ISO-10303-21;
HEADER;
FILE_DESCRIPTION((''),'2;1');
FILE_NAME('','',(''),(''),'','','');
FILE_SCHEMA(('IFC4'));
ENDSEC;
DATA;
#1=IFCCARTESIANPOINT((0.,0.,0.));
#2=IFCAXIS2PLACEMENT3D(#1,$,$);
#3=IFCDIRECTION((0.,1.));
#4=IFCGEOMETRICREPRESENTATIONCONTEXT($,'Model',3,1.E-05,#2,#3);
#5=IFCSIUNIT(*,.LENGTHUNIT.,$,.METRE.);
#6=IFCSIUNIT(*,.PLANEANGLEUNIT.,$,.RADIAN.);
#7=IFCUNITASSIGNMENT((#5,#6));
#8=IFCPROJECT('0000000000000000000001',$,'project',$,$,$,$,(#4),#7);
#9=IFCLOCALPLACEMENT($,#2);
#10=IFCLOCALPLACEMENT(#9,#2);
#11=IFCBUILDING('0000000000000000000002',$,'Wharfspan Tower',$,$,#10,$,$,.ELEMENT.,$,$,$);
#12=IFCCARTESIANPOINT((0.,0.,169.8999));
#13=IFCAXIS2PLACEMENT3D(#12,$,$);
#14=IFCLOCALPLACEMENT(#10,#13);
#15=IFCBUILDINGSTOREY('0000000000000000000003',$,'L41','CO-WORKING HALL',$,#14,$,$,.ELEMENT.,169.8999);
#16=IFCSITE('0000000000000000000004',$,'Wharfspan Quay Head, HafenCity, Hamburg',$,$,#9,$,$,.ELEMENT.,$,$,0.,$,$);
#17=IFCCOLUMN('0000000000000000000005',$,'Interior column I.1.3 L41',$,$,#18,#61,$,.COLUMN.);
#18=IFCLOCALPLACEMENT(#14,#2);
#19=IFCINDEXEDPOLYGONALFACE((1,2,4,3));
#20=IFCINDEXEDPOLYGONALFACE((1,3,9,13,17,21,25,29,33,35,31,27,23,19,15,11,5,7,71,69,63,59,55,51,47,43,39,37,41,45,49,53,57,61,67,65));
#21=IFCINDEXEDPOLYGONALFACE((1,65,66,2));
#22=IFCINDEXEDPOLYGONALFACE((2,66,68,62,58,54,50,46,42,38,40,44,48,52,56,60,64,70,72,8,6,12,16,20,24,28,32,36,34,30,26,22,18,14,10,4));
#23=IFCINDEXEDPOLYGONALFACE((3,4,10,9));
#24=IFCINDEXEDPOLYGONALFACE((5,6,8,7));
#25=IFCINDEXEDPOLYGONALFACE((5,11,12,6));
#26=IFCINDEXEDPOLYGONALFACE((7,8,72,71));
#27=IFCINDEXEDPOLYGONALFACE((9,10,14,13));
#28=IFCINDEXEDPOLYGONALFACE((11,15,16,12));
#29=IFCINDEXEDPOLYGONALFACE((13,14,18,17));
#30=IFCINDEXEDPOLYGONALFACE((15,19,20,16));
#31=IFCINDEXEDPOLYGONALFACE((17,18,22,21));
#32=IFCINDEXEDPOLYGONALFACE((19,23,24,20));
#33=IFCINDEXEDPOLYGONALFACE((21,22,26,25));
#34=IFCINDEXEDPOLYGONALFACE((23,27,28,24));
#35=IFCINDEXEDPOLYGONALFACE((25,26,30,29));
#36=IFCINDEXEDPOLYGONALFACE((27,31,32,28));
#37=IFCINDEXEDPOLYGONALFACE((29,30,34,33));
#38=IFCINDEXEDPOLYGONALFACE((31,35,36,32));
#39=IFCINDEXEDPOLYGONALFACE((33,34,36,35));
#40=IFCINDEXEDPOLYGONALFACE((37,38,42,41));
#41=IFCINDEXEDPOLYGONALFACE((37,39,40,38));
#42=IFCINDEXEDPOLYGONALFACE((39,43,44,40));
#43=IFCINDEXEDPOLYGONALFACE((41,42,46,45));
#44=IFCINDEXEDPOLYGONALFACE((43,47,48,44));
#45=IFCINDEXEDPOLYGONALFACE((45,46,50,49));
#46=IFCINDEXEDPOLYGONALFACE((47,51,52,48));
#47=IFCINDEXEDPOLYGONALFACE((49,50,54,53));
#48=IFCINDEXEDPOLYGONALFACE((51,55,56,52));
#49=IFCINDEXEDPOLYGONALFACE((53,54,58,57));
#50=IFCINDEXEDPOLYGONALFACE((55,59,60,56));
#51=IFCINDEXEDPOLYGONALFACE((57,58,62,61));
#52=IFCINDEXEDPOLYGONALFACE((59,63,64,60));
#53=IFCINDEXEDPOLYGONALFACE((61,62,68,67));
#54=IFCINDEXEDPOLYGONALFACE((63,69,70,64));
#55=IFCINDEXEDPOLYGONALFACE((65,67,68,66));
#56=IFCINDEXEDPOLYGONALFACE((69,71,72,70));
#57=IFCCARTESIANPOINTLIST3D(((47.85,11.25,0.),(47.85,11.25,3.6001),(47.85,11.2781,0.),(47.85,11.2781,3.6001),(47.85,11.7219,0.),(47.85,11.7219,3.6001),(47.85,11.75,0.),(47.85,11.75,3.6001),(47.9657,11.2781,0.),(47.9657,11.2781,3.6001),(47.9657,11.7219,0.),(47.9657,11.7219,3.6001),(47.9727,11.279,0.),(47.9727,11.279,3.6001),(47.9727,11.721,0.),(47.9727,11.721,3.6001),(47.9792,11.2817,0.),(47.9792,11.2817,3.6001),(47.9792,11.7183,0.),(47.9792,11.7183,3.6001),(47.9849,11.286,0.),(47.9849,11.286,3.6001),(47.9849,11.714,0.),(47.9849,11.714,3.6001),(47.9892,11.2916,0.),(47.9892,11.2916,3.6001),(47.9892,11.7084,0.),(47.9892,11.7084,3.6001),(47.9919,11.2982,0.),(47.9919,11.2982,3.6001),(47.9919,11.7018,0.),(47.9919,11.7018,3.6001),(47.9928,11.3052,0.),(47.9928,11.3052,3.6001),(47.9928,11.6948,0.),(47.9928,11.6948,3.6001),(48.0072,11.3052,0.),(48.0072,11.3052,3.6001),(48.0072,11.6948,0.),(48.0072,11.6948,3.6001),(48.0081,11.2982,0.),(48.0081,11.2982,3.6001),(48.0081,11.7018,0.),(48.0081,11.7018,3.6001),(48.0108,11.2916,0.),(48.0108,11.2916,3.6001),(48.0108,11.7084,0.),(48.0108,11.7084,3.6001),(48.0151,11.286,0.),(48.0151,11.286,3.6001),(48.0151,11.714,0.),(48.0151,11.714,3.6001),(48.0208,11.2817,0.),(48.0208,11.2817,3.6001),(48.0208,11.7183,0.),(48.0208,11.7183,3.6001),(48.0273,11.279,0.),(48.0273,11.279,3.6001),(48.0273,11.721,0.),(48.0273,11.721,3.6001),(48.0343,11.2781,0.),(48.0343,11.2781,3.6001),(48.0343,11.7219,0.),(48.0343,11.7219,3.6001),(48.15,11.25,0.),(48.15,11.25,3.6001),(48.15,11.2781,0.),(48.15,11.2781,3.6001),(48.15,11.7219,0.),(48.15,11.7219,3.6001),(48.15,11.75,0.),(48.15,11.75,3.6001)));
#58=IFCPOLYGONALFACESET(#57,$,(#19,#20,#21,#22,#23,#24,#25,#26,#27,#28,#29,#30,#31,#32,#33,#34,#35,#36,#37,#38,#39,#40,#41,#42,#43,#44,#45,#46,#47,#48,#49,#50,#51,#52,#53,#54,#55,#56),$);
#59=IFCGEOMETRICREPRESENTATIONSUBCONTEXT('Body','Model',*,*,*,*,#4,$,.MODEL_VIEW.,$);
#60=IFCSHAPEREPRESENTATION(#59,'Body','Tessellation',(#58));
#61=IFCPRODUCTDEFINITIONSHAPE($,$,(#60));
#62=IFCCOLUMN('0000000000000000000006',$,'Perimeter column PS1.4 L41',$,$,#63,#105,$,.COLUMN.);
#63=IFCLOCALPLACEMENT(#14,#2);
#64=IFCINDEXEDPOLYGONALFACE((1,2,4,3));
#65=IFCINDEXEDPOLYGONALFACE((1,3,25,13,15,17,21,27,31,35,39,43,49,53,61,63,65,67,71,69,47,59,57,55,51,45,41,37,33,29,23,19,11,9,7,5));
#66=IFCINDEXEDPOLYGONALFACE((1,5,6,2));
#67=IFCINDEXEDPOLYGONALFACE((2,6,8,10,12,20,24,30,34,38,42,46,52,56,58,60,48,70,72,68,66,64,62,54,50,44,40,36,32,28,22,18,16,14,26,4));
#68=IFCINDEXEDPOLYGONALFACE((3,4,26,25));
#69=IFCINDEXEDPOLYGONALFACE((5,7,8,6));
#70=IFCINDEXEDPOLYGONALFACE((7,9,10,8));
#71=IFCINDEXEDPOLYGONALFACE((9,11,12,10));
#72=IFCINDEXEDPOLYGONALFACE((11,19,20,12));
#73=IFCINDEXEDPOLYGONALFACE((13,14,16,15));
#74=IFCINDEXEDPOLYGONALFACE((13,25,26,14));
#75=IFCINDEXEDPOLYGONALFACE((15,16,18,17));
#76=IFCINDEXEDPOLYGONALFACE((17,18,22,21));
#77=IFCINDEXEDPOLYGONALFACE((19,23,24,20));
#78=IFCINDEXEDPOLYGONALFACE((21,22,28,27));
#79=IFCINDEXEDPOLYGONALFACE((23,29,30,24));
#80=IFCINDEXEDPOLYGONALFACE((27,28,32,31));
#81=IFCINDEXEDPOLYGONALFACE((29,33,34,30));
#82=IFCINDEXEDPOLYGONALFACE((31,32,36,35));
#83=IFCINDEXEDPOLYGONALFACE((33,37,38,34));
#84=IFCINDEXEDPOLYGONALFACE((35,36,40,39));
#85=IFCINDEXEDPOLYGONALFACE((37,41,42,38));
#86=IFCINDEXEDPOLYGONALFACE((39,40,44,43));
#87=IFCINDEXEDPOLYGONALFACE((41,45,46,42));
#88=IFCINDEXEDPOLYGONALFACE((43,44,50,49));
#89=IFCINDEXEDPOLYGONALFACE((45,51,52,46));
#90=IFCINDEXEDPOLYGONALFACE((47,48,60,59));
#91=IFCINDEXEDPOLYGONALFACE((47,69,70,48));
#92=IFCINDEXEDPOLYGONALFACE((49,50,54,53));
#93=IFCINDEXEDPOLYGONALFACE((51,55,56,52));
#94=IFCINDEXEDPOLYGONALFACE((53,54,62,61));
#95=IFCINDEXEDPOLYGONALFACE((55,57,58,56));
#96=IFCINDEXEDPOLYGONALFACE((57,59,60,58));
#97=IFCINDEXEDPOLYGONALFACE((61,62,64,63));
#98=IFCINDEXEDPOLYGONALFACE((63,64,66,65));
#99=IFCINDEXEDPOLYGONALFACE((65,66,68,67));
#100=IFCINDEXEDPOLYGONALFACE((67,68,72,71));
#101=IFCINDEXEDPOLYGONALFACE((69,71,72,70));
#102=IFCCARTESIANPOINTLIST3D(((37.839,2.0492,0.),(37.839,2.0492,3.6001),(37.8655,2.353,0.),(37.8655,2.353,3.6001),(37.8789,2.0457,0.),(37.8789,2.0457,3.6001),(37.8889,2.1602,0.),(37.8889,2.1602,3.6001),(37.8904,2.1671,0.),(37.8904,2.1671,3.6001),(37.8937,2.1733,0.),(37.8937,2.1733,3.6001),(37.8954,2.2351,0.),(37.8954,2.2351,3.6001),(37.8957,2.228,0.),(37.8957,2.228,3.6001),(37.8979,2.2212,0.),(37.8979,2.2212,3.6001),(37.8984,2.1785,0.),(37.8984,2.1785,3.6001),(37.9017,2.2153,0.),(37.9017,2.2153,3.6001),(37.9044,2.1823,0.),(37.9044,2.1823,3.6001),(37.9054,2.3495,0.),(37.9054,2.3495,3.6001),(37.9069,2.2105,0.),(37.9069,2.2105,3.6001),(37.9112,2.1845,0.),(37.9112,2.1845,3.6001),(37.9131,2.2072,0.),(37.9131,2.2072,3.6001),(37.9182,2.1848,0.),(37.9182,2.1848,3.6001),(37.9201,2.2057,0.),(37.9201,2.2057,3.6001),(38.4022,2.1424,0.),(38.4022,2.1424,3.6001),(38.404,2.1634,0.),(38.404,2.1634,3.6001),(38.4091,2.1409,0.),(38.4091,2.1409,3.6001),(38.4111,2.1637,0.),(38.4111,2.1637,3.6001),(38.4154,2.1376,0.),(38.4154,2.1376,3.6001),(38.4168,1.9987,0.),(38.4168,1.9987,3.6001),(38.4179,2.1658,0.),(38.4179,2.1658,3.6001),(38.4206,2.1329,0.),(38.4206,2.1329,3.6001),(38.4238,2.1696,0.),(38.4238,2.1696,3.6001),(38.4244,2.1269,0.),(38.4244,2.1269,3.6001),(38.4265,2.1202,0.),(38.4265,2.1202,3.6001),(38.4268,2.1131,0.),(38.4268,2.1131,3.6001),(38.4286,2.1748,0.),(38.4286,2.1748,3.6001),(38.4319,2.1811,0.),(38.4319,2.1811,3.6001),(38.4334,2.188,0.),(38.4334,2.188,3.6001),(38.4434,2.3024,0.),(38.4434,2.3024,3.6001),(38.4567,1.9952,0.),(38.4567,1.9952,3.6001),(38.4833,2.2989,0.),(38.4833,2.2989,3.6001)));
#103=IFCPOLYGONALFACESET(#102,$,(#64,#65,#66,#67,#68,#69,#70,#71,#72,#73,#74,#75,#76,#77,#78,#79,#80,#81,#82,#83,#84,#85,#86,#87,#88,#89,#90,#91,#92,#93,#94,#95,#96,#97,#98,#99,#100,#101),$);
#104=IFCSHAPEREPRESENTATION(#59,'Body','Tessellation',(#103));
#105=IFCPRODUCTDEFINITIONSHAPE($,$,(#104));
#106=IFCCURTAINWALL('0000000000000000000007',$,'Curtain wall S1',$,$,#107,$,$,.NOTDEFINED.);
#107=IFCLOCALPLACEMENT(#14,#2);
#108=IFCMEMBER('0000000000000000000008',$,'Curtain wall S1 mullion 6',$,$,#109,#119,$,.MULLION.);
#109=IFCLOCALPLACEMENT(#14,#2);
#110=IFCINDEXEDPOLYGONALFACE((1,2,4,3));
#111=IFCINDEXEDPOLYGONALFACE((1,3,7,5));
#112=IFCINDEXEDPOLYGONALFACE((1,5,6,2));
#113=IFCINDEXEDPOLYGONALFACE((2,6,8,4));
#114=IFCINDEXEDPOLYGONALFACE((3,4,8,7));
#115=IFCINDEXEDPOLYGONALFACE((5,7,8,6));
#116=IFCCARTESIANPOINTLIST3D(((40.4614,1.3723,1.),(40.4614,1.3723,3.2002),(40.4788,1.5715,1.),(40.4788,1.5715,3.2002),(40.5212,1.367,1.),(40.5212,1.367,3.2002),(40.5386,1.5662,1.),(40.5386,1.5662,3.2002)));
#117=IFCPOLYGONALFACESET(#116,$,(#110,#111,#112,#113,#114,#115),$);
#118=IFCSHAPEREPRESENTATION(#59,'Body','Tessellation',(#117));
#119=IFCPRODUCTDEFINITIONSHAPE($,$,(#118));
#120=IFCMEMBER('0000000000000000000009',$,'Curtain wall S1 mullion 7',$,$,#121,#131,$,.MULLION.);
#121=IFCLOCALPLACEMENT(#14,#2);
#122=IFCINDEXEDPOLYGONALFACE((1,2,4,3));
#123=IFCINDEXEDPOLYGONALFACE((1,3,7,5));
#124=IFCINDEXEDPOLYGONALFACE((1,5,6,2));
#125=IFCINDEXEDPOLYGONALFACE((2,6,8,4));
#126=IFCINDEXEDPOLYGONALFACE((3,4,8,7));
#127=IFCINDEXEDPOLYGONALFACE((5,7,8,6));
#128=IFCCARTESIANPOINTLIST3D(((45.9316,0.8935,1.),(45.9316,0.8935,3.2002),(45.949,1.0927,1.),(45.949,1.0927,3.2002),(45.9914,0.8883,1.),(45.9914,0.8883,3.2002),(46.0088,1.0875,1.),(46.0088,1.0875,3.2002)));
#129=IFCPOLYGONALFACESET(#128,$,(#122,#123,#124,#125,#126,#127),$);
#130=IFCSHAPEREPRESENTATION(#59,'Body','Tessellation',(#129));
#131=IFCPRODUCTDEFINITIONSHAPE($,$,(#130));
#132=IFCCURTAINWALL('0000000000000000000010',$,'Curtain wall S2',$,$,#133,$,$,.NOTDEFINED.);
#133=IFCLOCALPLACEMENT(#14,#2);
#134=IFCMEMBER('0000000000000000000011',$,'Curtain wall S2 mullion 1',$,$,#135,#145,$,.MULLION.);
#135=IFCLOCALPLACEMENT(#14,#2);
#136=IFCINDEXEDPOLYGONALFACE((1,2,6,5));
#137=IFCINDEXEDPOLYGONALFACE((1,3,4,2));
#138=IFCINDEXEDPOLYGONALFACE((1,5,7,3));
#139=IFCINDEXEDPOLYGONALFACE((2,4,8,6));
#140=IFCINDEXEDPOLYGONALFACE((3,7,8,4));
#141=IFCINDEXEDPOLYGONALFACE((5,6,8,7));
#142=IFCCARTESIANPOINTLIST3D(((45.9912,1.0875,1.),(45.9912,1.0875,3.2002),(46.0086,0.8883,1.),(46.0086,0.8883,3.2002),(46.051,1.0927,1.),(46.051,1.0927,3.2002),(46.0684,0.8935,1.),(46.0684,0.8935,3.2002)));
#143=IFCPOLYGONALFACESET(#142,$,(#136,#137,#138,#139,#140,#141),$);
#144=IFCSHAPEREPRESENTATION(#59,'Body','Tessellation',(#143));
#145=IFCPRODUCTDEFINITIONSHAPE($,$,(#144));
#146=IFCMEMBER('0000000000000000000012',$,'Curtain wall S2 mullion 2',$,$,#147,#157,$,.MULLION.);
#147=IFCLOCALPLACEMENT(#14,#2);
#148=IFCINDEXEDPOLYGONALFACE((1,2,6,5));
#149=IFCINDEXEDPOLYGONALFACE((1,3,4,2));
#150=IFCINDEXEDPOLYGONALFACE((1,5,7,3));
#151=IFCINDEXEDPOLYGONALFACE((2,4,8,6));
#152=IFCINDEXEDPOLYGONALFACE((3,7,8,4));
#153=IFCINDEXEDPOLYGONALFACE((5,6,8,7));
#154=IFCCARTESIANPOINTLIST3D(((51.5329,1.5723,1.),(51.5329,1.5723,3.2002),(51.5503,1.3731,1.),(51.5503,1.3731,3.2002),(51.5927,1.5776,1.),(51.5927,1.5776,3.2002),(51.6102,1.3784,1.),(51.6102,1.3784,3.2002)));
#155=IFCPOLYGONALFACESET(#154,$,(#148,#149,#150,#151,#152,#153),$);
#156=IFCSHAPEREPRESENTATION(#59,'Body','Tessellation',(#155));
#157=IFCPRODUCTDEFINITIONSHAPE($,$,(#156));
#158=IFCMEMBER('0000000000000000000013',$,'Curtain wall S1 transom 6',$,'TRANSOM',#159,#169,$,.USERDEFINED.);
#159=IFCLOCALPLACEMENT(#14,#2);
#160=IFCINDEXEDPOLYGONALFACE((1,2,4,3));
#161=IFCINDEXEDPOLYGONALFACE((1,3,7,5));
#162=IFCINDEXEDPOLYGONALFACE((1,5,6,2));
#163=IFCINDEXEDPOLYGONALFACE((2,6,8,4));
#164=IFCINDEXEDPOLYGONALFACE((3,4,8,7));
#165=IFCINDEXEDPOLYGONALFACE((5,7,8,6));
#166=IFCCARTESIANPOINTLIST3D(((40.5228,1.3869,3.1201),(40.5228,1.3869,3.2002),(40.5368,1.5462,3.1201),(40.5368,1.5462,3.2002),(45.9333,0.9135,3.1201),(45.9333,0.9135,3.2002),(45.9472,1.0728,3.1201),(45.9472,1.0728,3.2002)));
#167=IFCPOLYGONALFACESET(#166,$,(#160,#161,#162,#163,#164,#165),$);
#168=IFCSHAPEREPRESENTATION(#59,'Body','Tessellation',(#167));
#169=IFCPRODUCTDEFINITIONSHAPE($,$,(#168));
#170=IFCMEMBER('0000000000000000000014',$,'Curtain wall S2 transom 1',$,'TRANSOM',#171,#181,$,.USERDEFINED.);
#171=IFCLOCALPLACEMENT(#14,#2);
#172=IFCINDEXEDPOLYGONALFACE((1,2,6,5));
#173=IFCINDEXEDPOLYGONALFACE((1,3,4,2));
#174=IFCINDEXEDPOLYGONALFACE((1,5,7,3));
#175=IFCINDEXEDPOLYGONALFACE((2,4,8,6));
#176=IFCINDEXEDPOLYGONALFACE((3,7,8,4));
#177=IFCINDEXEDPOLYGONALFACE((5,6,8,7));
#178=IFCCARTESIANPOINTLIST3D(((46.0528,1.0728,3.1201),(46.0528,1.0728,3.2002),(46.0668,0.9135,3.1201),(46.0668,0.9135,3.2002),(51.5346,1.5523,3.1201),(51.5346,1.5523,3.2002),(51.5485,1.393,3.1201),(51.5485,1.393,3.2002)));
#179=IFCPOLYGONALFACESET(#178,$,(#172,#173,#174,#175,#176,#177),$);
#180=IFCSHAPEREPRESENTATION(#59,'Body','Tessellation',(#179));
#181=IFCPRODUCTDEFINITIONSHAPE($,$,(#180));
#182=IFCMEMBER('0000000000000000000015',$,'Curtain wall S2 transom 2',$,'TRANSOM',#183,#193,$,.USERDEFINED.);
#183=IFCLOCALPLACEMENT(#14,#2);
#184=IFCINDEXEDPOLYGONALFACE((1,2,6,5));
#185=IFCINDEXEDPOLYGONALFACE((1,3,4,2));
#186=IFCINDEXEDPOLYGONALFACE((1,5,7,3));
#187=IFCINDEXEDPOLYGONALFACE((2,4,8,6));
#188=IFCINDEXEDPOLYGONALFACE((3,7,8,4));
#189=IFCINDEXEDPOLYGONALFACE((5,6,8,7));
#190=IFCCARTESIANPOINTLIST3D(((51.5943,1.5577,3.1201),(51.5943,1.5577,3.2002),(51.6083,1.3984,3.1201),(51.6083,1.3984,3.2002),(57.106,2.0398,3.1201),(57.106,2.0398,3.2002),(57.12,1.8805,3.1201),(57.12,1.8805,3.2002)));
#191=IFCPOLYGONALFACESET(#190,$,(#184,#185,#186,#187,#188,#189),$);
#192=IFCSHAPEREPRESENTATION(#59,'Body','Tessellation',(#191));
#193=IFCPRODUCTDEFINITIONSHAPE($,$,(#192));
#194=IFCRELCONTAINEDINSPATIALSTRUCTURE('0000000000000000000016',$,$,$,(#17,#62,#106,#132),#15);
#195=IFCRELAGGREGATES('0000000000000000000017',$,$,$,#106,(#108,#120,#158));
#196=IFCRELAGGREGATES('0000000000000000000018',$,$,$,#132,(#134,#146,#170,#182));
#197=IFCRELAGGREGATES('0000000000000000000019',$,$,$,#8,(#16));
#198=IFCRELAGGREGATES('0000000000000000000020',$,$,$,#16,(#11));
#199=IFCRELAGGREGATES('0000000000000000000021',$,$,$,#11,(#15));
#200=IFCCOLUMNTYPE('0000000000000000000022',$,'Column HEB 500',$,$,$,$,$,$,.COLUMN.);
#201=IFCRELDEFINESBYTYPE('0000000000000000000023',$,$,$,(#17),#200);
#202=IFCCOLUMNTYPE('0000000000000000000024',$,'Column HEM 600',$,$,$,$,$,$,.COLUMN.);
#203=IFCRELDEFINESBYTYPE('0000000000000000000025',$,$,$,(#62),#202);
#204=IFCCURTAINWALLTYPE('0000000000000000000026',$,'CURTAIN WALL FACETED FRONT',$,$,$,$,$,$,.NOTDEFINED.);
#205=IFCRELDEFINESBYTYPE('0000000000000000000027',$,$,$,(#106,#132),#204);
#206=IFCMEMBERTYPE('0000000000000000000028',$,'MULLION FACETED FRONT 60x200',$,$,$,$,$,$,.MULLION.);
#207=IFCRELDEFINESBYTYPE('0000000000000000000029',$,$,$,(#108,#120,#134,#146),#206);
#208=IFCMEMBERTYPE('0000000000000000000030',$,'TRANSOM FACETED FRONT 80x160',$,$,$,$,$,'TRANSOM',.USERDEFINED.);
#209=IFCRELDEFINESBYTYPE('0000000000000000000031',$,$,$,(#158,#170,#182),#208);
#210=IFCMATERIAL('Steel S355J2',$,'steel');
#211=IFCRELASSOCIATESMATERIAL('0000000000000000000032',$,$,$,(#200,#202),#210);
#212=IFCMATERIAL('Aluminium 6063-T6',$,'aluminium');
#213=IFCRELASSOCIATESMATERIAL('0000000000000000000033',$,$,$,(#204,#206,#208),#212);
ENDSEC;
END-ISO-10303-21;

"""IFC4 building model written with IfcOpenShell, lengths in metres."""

from ifc_helpers import new_model, si_unit, direction, frame, origin, origin_2d, place, context, subcontext, project, spatial, rectangle, i_section, extrude, material, material_profile, profile_set, type_object, element, aggregate, save


model = new_model("IFC4")

# Units and contexts
model_context = context("Model", 3, precision=1e-05, world=origin(), true_north=direction((0.0, 1.0)))
body_context = subcontext(model_context, "Body", "Model", "MODEL_VIEW")
ifc_project = project(units=[si_unit("LENGTHUNIT", "METRE"), si_unit("PLANEANGLEUNIT", "RADIAN")], contexts=[model_context])

# Site, building, storey
site_placement = place(None, origin())
site = spatial("IfcSite", under=ifc_project, at=site_placement, Name="Wharfspan Quay Head, HafenCity, Hamburg", CompositionType="ELEMENT", RefElevation=0.0)
building_placement = place(site_placement, origin())
building = spatial("IfcBuilding", under=site, at=building_placement, Name="Wharfspan Tower", CompositionType="ELEMENT")
storey_placement = place(building_placement, frame((0.0, 0.0, 169.8999)))
storey = spatial("IfcBuildingStorey", under=building, at=storey_placement, Name="L41", Description="CO-WORKING HALL", CompositionType="ELEMENT", Elevation=169.8999)

# Columns
ifc_material_1 = material(Name="Steel S355J2", Category="steel")
ifc_material_profile_1 = material_profile(ifc_material_1, i_section(OverallWidth=0.3, OverallDepth=0.5, WebThickness=0.0144, FlangeThickness=0.0281, FilletRadius=0.0271, at=origin_2d()))
ifc_profile_set_1 = profile_set([ifc_material_profile_1], Name="Steel S355J2")
column_type_1 = type_object("IfcColumnType", Name="Column HEB 500", PredefinedType="COLUMN", material=ifc_profile_set_1)
column_1_placement = place(storey_placement, frame((48.0, 11.5, 0.0), z_axis=(0.0, 0.0, 1.0), x_axis=(1.0, 0.0, 0.0)))
element("IfcColumn", 1, at=column_1_placement, inside=storey, type_object=column_type_1, Name="Interior column I.1.3 L41", PredefinedType="COLUMN", context=body_context, shape_type="SweptSolid", body=[
    extrude(i_section(OverallWidth=0.3, OverallDepth=0.5, WebThickness=0.0144, FlangeThickness=0.0281, FilletRadius=0.0271, at=origin_2d()), origin(), (0.0, 0.0, 1.0), 3.6001),
])
ifc_material_profile_2 = material_profile(ifc_material_1, i_section(OverallWidth=0.3049, OverallDepth=0.6201, WebThickness=0.021, FlangeThickness=0.04, FilletRadius=0.0271, at=origin_2d()))
ifc_profile_set_2 = profile_set([ifc_material_profile_2], Name="Steel S355J2")
column_type_2 = type_object("IfcColumnType", Name="Column HEM 600", PredefinedType="COLUMN", material=ifc_profile_set_2)
column_2_placement = place(storey_placement, frame((38.1611, 2.1741, 0.0), z_axis=(0.0, 0.0, 1.0), x_axis=(-0.087156, -0.996198, 0.0)))
element("IfcColumn", 2, at=column_2_placement, inside=storey, type_object=column_type_2, Name="Perimeter column PS1.4 L41", PredefinedType="COLUMN", context=body_context, shape_type="SweptSolid", body=[
    extrude(i_section(OverallWidth=0.3049, OverallDepth=0.6201, WebThickness=0.021, FlangeThickness=0.04, FilletRadius=0.0271, at=origin_2d()), origin(), (0.0, 0.0, 1.0), 3.6001),
])

# Curtain walls, members
ifc_material_2 = material(Name="Aluminium 6063-T6", Category="aluminium")
curtain_wall_type = type_object("IfcCurtainWallType", Name="CURTAIN WALL FACETED FRONT", PredefinedType="NOTDEFINED", material=ifc_material_2)
curtain_wall_1_placement = place(storey_placement, origin())
curtain_wall_1 = element("IfcCurtainWall", 3, at=curtain_wall_1_placement, inside=storey, type_object=curtain_wall_type, Name="Curtain wall S1", PredefinedType="NOTDEFINED")
ifc_material_profile_3 = material_profile(ifc_material_2, rectangle(XDim=0.2, YDim=0.0601, at=origin_2d()))
ifc_profile_set_3 = profile_set([ifc_material_profile_3], Name="Aluminium 6063-T6")
member_type_1 = type_object("IfcMemberType", Name="MULLION FACETED FRONT 60x200", PredefinedType="MULLION", material=ifc_profile_set_3)
member_1_placement = place(storey_placement, frame((40.5, 1.4692, 1.0), z_axis=(0.0, 0.0, 1.0), x_axis=(0.087156, 0.996198, 0.0)))
member_1 = element("IfcMember", 4, at=member_1_placement, type_object=member_type_1, Name="Curtain wall S1 mullion 6", PredefinedType="MULLION", context=body_context, shape_type="SweptSolid", body=[
    extrude(rectangle(XDim=0.2, YDim=0.0601, at=origin_2d()), origin(), (0.0, 0.0, 1.0), 2.2002),
])
member_2_placement = place(storey_placement, frame((45.9702, 0.9905, 1.0), z_axis=(0.0, 0.0, 1.0), x_axis=(0.087156, 0.996198, 0.0)))
member_2 = element("IfcMember", 5, at=member_2_placement, type_object=member_type_1, Name="Curtain wall S1 mullion 7", PredefinedType="MULLION", context=body_context, shape_type="SweptSolid", body=[
    extrude(rectangle(XDim=0.2, YDim=0.0601, at=origin_2d()), origin(), (0.0, 0.0, 1.0), 2.2002),
])
curtain_wall_2_placement = place(storey_placement, origin())
curtain_wall_2 = element("IfcCurtainWall", 6, at=curtain_wall_2_placement, inside=storey, type_object=curtain_wall_type, Name="Curtain wall S2", PredefinedType="NOTDEFINED")
member_3_placement = place(storey_placement, frame((46.0298, 0.9905, 1.0), z_axis=(0.0, 0.0, 1.0), x_axis=(-0.087156, 0.996198, 0.0)))
member_3 = element("IfcMember", 7, at=member_3_placement, type_object=member_type_1, Name="Curtain wall S2 mullion 1", PredefinedType="MULLION", context=body_context, shape_type="SweptSolid", body=[
    extrude(rectangle(XDim=0.2, YDim=0.0601, at=origin_2d()), origin(), (0.0, 0.0, 1.0), 2.2002),
])
member_4_placement = place(storey_placement, frame((51.5715, 1.4753, 1.0), z_axis=(0.0, 0.0, 1.0), x_axis=(-0.087156, 0.996198, 0.0)))
member_4 = element("IfcMember", 8, at=member_4_placement, type_object=member_type_1, Name="Curtain wall S2 mullion 2", PredefinedType="MULLION", context=body_context, shape_type="SweptSolid", body=[
    extrude(rectangle(XDim=0.2, YDim=0.0601, at=origin_2d()), origin(), (0.0, 0.0, 1.0), 2.2002),
])

# Members
ifc_material_profile_4 = material_profile(ifc_material_2, rectangle(XDim=0.1599, YDim=0.0801, at=origin_2d()))
ifc_profile_set_4 = profile_set([ifc_material_profile_4], Name="Aluminium 6063-T6")
member_type_2 = type_object("IfcMemberType", Name="TRANSOM FACETED FRONT 80x160", ElementType="TRANSOM", PredefinedType="USERDEFINED", material=ifc_profile_set_4)
member_5_placement = place(storey_placement, frame((40.5298, 1.4666, 3.1602), z_axis=(0.996194, -0.087163, 0.0), x_axis=(0.087163, 0.996194, 0.0)))
member_5 = element("IfcMember", 9, at=member_5_placement, type_object=member_type_2, Name="Curtain wall S1 transom 6", ObjectType="TRANSOM", PredefinedType="USERDEFINED", context=body_context, shape_type="SweptSolid", body=[
    extrude(rectangle(XDim=0.1599, YDim=0.0801, at=origin_2d()), origin(), (0.0, 0.0, 1.0), 5.4312),
])
member_6_placement = place(storey_placement, frame((46.0598, 0.9932, 3.1602), z_axis=(0.996196, 0.087139, 0.0), x_axis=(-0.087139, 0.996196, 0.0)))
member_6 = element("IfcMember", 10, at=member_6_placement, type_object=member_type_2, Name="Curtain wall S2 transom 1", ObjectType="TRANSOM", PredefinedType="USERDEFINED", context=body_context, shape_type="SweptSolid", body=[
    extrude(rectangle(XDim=0.1599, YDim=0.0801, at=origin_2d()), origin(), (0.0, 0.0, 1.0), 5.5027),
])
member_7_placement = place(storey_placement, frame((51.6013, 1.478, 3.1602), z_axis=(0.996195, 0.087149, 0.0), x_axis=(-0.087149, 0.996195, 0.0)))
member_7 = element("IfcMember", 11, at=member_7_placement, type_object=member_type_2, Name="Curtain wall S2 transom 2", ObjectType="TRANSOM", PredefinedType="USERDEFINED", context=body_context, shape_type="SweptSolid", body=[
    extrude(rectangle(XDim=0.1599, YDim=0.0801, at=origin_2d()), origin(), (0.0, 0.0, 1.0), 5.5327),
])

aggregate(curtain_wall_1, [member_1, member_2, member_5])
aggregate(curtain_wall_2, [member_3, member_4, member_6, member_7])

save(model, "model.ifc")
